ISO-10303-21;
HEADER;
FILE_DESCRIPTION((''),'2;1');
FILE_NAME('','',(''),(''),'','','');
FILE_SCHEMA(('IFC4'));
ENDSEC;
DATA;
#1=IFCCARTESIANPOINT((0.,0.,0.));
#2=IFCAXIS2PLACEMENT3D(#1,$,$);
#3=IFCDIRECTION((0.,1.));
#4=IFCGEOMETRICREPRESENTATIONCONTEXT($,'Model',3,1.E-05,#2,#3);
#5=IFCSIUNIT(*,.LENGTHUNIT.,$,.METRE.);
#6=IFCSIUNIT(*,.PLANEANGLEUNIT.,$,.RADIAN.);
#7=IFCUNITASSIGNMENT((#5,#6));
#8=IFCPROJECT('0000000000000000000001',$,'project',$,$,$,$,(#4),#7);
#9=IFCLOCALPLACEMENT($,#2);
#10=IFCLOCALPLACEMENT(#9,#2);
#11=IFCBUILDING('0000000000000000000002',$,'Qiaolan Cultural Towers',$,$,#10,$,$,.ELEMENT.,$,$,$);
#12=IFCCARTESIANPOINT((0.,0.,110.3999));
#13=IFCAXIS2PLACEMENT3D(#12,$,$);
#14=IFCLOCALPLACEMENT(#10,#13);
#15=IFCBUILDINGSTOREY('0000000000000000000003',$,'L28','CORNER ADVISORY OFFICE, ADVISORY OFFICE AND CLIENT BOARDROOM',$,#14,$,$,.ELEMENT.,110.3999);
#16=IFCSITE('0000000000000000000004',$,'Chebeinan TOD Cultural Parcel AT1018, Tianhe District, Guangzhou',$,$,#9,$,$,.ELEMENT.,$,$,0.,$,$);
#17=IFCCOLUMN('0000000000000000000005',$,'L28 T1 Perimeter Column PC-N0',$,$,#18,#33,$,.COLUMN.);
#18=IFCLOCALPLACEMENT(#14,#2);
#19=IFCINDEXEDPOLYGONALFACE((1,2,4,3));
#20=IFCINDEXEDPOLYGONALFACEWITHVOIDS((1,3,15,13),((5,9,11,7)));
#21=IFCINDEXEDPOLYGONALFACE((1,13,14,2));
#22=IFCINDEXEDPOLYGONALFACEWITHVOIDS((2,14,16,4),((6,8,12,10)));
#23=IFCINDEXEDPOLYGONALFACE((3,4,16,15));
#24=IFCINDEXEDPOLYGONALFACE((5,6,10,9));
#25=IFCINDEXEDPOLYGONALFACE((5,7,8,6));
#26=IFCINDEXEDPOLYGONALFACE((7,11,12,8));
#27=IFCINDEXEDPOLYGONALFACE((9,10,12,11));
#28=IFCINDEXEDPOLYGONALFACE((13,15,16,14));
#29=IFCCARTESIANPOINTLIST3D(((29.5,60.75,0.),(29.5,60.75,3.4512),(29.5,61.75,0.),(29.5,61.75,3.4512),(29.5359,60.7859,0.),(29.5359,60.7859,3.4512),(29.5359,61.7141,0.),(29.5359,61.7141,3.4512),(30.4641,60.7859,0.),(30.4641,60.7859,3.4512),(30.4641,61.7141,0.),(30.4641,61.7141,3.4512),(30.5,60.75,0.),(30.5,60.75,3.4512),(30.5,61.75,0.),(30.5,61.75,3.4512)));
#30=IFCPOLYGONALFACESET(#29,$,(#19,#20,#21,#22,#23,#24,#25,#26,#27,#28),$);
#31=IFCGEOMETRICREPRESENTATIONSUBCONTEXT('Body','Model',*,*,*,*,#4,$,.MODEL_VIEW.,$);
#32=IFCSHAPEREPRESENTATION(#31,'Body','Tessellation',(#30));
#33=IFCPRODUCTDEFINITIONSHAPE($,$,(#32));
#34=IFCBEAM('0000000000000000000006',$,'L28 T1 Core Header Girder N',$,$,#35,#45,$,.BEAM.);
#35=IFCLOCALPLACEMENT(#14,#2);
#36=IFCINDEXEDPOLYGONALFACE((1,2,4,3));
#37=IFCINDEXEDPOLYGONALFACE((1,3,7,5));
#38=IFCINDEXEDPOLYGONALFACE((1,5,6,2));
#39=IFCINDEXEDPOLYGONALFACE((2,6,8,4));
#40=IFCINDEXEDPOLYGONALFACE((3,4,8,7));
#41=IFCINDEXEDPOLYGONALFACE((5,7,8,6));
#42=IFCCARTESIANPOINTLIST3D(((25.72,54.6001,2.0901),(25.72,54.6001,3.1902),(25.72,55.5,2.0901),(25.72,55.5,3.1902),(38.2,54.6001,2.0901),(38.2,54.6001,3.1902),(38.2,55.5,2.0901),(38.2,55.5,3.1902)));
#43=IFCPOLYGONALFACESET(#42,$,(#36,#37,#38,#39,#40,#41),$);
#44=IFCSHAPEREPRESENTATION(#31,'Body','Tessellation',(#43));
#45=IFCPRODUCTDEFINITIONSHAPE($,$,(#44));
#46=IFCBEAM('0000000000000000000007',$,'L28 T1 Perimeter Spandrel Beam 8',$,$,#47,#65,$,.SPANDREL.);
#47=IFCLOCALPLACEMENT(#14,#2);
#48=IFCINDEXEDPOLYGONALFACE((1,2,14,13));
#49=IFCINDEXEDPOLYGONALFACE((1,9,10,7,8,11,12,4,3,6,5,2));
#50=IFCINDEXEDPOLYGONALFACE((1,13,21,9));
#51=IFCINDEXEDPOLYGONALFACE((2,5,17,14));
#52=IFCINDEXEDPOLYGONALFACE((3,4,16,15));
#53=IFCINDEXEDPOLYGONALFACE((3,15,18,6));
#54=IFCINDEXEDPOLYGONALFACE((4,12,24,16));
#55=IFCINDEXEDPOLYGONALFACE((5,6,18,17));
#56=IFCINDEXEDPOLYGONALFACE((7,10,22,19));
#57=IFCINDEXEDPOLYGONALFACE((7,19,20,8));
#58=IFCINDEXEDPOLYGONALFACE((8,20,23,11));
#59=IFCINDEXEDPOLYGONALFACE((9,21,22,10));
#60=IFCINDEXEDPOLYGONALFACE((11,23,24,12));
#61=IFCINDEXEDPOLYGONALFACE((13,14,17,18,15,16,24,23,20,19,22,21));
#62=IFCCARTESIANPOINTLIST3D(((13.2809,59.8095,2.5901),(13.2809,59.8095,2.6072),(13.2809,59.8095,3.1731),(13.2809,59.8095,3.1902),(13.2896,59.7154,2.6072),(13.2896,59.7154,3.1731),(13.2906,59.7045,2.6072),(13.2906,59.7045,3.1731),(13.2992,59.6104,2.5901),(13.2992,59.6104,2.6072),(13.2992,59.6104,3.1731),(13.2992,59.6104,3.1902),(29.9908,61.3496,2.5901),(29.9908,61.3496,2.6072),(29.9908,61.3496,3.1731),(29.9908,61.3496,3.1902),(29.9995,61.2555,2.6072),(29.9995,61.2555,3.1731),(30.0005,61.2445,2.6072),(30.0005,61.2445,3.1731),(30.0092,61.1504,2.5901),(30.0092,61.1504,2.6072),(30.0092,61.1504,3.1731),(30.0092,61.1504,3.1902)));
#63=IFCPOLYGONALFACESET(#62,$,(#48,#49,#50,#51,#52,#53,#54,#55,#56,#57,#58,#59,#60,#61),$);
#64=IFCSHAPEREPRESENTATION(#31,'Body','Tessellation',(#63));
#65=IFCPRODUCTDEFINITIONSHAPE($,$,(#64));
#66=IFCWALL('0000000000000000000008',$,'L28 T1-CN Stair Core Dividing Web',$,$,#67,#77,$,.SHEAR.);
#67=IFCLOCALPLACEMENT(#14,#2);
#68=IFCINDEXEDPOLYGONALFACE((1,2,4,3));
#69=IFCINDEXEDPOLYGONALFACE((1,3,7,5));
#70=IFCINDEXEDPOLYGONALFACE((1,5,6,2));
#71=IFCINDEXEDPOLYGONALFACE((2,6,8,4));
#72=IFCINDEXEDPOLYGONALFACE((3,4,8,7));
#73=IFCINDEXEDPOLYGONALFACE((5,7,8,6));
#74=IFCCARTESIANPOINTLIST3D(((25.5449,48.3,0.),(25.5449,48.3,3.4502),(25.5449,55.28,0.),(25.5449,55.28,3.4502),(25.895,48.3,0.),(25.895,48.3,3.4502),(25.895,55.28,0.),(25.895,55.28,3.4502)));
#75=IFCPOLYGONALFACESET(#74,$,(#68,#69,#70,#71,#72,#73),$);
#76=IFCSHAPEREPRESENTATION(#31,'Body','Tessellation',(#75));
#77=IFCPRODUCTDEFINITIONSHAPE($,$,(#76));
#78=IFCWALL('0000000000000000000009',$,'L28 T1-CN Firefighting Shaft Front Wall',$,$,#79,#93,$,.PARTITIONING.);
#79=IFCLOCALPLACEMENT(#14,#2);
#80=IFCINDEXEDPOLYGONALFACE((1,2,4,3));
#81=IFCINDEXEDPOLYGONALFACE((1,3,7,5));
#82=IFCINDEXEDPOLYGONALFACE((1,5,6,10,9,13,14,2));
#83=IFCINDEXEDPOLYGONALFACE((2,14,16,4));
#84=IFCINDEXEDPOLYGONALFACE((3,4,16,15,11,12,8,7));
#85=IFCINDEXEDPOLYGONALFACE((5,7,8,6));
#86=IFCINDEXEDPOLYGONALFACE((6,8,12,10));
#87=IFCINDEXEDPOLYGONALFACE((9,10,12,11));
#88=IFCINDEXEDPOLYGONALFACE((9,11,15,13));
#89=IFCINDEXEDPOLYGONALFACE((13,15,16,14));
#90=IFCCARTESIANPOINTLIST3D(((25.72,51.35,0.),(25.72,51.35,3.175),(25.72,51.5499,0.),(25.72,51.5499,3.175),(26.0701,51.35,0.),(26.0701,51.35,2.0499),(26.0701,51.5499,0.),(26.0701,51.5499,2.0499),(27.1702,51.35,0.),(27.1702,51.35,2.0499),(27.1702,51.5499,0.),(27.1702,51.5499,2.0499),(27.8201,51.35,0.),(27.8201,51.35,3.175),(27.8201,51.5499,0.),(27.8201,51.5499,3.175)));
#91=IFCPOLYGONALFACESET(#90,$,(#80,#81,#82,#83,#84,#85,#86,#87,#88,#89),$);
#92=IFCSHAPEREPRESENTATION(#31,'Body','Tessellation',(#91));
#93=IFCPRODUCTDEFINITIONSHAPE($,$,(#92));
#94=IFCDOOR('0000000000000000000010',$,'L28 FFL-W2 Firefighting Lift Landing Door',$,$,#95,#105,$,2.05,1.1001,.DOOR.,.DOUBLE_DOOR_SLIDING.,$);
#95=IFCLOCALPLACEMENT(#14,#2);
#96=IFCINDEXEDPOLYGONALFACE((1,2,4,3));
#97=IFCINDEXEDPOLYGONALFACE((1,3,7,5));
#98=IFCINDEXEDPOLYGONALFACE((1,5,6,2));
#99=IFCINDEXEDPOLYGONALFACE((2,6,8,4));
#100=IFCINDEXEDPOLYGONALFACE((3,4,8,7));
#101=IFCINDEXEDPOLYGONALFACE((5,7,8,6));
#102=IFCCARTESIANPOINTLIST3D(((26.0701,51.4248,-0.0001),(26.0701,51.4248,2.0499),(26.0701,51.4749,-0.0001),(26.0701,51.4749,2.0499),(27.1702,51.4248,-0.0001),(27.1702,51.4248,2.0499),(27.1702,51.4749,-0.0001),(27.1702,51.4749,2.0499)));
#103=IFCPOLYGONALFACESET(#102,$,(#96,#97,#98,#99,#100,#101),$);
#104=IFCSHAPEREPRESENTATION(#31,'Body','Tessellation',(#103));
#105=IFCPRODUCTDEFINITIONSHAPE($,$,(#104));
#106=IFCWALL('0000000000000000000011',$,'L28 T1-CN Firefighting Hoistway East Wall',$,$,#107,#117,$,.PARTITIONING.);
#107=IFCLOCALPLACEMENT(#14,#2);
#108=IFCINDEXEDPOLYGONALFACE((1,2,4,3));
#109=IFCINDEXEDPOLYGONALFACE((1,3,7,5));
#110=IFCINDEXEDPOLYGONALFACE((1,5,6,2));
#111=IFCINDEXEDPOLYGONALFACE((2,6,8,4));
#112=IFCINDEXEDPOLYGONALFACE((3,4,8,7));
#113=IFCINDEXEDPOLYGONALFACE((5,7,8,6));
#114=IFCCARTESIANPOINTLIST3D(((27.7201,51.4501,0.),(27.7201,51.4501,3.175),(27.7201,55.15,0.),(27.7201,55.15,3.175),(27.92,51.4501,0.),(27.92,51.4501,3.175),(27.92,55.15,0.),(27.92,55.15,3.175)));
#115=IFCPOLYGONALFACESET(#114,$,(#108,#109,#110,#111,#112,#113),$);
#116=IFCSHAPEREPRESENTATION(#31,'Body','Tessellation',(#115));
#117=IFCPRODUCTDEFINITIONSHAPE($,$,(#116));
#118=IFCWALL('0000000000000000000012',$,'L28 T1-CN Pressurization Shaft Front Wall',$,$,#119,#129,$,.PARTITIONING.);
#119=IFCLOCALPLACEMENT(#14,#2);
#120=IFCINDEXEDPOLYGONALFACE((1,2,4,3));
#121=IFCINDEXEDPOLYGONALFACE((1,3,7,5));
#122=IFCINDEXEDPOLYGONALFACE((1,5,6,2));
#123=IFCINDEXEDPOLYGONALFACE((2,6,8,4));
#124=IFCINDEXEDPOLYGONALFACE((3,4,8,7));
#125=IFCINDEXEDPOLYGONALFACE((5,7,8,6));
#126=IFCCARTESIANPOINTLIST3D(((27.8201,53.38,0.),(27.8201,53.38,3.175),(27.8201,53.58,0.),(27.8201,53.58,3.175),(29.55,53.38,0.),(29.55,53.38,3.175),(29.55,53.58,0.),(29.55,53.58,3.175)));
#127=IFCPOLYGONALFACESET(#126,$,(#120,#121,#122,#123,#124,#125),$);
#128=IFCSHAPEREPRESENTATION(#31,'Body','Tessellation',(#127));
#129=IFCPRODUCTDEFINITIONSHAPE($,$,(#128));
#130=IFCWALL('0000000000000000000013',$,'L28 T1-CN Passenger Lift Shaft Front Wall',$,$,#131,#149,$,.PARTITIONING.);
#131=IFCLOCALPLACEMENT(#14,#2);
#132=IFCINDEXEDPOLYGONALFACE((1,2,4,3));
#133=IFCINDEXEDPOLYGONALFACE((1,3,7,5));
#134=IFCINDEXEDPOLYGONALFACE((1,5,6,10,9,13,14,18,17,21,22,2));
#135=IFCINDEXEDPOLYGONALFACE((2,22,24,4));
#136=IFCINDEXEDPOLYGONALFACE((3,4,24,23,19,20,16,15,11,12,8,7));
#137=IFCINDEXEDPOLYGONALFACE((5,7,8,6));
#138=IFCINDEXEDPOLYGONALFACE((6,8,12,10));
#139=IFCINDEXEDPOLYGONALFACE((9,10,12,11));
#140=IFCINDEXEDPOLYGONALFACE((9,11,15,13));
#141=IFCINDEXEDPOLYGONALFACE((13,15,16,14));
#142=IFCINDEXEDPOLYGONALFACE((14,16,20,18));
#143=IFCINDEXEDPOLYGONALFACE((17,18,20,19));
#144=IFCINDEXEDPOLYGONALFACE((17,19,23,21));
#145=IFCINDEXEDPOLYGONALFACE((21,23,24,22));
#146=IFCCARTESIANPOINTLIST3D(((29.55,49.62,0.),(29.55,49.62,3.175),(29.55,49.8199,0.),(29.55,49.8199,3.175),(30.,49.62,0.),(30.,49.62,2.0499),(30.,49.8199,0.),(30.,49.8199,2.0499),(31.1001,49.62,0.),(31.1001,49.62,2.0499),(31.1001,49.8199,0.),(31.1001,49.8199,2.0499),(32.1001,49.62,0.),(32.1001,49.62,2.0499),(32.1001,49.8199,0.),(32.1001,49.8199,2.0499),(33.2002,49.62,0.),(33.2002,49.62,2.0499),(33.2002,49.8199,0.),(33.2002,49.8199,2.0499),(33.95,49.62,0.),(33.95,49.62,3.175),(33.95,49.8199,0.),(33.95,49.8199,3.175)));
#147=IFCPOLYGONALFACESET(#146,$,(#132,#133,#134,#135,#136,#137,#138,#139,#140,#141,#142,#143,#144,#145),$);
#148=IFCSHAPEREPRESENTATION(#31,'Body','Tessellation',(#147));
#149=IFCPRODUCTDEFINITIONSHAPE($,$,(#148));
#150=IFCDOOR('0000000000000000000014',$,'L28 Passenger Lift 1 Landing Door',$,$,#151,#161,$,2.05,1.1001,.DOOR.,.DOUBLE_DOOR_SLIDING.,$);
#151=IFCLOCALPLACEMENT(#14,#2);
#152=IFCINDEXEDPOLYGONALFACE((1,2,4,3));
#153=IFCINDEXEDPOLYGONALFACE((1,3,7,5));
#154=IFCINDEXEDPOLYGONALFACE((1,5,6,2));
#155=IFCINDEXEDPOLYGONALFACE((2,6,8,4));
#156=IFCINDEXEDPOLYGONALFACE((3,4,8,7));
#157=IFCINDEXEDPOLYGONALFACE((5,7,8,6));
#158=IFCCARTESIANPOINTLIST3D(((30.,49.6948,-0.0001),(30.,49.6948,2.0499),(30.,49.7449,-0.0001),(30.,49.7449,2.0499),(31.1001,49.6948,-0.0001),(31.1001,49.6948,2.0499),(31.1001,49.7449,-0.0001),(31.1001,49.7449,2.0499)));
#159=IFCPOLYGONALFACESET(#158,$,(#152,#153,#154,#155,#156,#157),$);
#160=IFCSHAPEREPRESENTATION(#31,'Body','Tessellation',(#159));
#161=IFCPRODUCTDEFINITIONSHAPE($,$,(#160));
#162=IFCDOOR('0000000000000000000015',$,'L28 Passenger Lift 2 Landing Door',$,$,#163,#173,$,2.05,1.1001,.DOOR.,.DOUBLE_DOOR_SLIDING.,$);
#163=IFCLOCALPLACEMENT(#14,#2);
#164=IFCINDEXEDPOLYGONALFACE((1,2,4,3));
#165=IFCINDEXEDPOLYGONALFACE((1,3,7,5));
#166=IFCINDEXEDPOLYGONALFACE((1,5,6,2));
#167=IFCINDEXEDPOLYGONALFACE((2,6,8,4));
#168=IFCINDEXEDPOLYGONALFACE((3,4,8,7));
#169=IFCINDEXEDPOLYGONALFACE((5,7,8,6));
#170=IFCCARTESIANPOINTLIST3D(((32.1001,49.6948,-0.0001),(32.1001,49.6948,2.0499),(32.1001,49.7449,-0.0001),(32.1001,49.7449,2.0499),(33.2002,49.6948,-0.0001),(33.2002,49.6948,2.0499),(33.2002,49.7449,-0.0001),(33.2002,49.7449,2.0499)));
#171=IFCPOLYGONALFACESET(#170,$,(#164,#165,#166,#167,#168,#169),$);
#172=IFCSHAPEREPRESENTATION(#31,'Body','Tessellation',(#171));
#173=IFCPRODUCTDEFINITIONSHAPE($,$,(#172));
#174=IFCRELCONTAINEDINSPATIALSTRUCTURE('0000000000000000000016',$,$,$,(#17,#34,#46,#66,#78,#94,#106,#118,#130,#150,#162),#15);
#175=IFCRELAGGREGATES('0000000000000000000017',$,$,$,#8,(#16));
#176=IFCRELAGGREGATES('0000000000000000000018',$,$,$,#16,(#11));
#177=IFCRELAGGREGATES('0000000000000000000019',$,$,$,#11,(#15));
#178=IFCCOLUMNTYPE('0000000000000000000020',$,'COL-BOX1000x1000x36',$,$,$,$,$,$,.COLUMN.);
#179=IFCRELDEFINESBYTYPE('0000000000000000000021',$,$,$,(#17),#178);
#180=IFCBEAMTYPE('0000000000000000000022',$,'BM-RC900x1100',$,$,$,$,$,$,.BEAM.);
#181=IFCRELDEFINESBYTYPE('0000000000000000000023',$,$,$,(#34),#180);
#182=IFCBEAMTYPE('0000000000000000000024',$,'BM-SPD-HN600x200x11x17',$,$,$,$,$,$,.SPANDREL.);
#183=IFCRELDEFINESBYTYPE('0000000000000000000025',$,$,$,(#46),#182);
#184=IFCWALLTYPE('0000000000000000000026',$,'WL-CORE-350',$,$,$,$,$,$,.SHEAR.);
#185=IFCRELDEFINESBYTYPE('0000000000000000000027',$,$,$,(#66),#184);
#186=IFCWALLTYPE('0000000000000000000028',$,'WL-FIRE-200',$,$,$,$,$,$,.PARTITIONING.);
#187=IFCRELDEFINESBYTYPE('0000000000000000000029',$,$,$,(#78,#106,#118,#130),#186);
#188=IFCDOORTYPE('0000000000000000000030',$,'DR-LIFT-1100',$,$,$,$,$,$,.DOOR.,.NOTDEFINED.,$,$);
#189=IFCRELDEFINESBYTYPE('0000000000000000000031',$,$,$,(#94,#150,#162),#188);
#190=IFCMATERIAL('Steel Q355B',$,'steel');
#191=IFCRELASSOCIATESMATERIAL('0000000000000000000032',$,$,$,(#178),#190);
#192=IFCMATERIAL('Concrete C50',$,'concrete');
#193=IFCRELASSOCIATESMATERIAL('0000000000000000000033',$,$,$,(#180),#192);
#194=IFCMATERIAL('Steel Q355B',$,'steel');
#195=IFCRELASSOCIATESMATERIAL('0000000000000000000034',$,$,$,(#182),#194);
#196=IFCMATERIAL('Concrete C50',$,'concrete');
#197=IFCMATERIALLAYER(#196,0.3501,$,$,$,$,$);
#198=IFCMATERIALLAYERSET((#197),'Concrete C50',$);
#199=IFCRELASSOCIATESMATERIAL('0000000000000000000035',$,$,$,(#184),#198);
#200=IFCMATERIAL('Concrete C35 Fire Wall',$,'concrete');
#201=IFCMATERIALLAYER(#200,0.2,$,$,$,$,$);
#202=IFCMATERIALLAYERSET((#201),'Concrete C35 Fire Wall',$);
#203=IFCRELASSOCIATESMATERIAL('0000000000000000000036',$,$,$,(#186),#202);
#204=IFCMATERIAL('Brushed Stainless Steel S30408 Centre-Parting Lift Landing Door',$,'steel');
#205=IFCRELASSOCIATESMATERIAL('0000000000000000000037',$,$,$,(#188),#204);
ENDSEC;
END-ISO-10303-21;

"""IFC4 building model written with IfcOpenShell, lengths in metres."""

from ifc_helpers import new_model, si_unit, direction, frame, frame_2d, origin, origin_2d, place, context, subcontext, project, spatial, rectangle, hollow_rectangle, i_section, extrude, material, layer, layer_set, material_profile, profile_set, type_object, element, fill, save


model = new_model("IFC4")

# Units and contexts
model_context = context("Model", 3, precision=1e-05, world=origin(), true_north=direction((0.0, 1.0)))
body_context = subcontext(model_context, "Body", "Model", "MODEL_VIEW")
ifc_project = project(units=[si_unit("LENGTHUNIT", "METRE"), si_unit("PLANEANGLEUNIT", "RADIAN")], contexts=[model_context])

# Site, building, storey
site_placement = place(None, origin())
site = spatial("IfcSite", under=ifc_project, at=site_placement, Name="Chebeinan TOD Cultural Parcel AT1018, Tianhe District, Guangzhou", CompositionType="ELEMENT", RefElevation=0.0)
building_placement = place(site_placement, origin())
building = spatial("IfcBuilding", under=site, at=building_placement, Name="Qiaolan Cultural Towers", CompositionType="ELEMENT")
storey_placement = place(building_placement, frame((0.0, 0.0, 110.3999)))
storey = spatial("IfcBuildingStorey", under=building, at=storey_placement, Name="L28", Description="CORNER ADVISORY OFFICE, ADVISORY OFFICE AND CLIENT BOARDROOM", CompositionType="ELEMENT", Elevation=110.3999)

# Column
ifc_material_1 = material(Name="Steel Q355B", Category="steel")
ifc_material_profile_1 = material_profile(ifc_material_1, hollow_rectangle(XDim=1.0, YDim=1.0, WallThickness=0.0359, at=origin_2d()), Name="BOX1000x1000x36")
ifc_profile_set_1 = profile_set([ifc_material_profile_1], Name="Steel Q355B")
column_type = type_object("IfcColumnType", Name="COL-BOX1000x1000x36", PredefinedType="COLUMN", material=ifc_profile_set_1)
column_placement = place(storey_placement, frame((30.0, 61.25, 0.0), z_axis=(0.0, 0.0, 1.0), x_axis=(1.0, 0.0, 0.0)))
element("IfcColumn", 1, at=column_placement, inside=storey, type_object=column_type, Name="L28 T1 Perimeter Column PC-N0", PredefinedType="COLUMN", context=body_context, shape_type="SweptSolid", body=[
    extrude(hollow_rectangle(XDim=1.0, YDim=1.0, WallThickness=0.0359, at=origin_2d()), origin(), (0.0, 0.0, 1.0), 3.4512),
])

# Beams
ifc_material_2 = material(Name="Concrete C50", Category="concrete")
ifc_material_profile_2 = material_profile(ifc_material_2, rectangle(XDim=0.8999, YDim=1.1001, at=origin_2d()), Name="RC900x1100")
ifc_profile_set_2 = profile_set([ifc_material_profile_2], Name="Concrete C50")
beam_type_1 = type_object("IfcBeamType", Name="BM-RC900x1100", PredefinedType="BEAM", material=ifc_profile_set_2)
beam_1_placement = place(storey_placement, frame((25.72, 55.05, 2.6401), z_axis=(1.0, 0.0, 0.0), x_axis=(0.0, 1.0, 0.0)))
element("IfcBeam", 2, at=beam_1_placement, inside=storey, type_object=beam_type_1, Name="L28 T1 Core Header Girder N", PredefinedType="BEAM", context=body_context, shape_type="SweptSolid", body=[
    extrude(rectangle(XDim=0.8999, YDim=1.1001, at=origin_2d()), origin(), (0.0, 0.0, 1.0), 12.48),
])
ifc_material_3 = material(Name="Steel Q355B", Category="steel")
ifc_material_profile_3 = material_profile(ifc_material_3, i_section(OverallWidth=0.2, OverallDepth=0.6001, WebThickness=0.011, FlangeThickness=0.0171, at=origin_2d()), Name="HN600x200x11x17")
ifc_profile_set_3 = profile_set([ifc_material_profile_3], Name="Steel Q355B")
beam_type_2 = type_object("IfcBeamType", Name="BM-SPD-HN600x200x11x17", PredefinedType="SPANDREL", material=ifc_profile_set_3)
beam_2_placement = place(storey_placement, frame((30.0, 61.25, 2.8901), z_axis=(-0.99578, -0.091774, 0.0), x_axis=(0.091774, -0.99578, 0.0)))
element("IfcBeam", 3, at=beam_2_placement, inside=storey, type_object=beam_type_2, Name="L28 T1 Perimeter Spandrel Beam 8", PredefinedType="SPANDREL", context=body_context, shape_type="SweptSolid", body=[
    extrude(i_section(OverallWidth=0.2, OverallDepth=0.6001, WebThickness=0.011, FlangeThickness=0.0171, at=origin_2d()), origin(), (0.0, 0.0, 1.0), 16.7808),
])

# Wall
ifc_material_4 = material(Name="Concrete C50", Category="concrete")
ifc_layer_1 = layer(ifc_material_4, 0.3501)
ifc_layer_set_1 = layer_set([ifc_layer_1], Name="Concrete C50")
wall_type_1 = type_object("IfcWallType", Name="WL-CORE-350", PredefinedType="SHEAR", material=ifc_layer_set_1)
wall_1_placement = place(storey_placement, frame((25.72, 48.3, 0.0), z_axis=(0.0, 0.0, 1.0), x_axis=(0.0, 1.0, 0.0)))
element("IfcWall", 4, at=wall_1_placement, inside=storey, type_object=wall_type_1, Name="L28 T1-CN Stair Core Dividing Web", PredefinedType="SHEAR", context=body_context, shape_type="SweptSolid", body=[
    extrude(rectangle(XDim=6.98, YDim=0.3501, at=frame_2d((3.49, 0.0))), origin(), (0.0, 0.0, 1.0), 3.4502),
])

# Wall, opening, door
ifc_material_5 = material(Name="Concrete C35 Fire Wall", Category="concrete")
ifc_layer_2 = layer(ifc_material_5, 0.2)
ifc_layer_set_2 = layer_set([ifc_layer_2], Name="Concrete C35 Fire Wall")
wall_type_2 = type_object("IfcWallType", Name="WL-FIRE-200", PredefinedType="PARTITIONING", material=ifc_layer_set_2)
wall_2_placement = place(storey_placement, frame((25.72, 51.45, 0.0), z_axis=(0.0, 0.0, 1.0), x_axis=(1.0, 0.0, 0.0)))
wall_2 = element("IfcWall", 5, at=wall_2_placement, inside=storey, type_object=wall_type_2, Name="L28 T1-CN Firefighting Shaft Front Wall", PredefinedType="PARTITIONING", context=body_context, shape_type="SweptSolid", body=[
    extrude(rectangle(XDim=2.1001, YDim=0.2, at=frame_2d((1.05, 0.0))), origin(), (0.0, 0.0, 1.0), 3.175),
])
opening_1_placement = place(wall_2_placement, frame((0.3501, 0.0, 0.0)))
opening_1 = element("IfcOpeningElement", 6, at=opening_1_placement, cuts=wall_2, PredefinedType="OPENING", context=body_context, shape_type="SweptSolid", body=[
    extrude(rectangle(XDim=1.1001, YDim=2.05, at=frame_2d((0.55, 1.0249))), frame((0.0, 0.1099, 0.0), z_axis=(0.0, -1.0, 0.0), x_axis=(1.0, 0.0, 0.0)), (0.0, 0.0, 1.0), 0.22),
])
ifc_material_6 = material(Name="Brushed Stainless Steel S30408 Centre-Parting Lift Landing Door", Category="steel")
door_type = type_object("IfcDoorType", Name="DR-LIFT-1100", OperationType="NOTDEFINED", PredefinedType="DOOR", material=ifc_material_6)
door_1_placement = place(opening_1_placement, origin())
door_1 = element("IfcDoor", 7, at=door_1_placement, inside=storey, type_object=door_type, Name="L28 FFL-W2 Firefighting Lift Landing Door", OperationType="DOUBLE_DOOR_SLIDING", OverallHeight=2.05, OverallWidth=1.1001, PredefinedType="DOOR", context=body_context, shape_type="SweptSolid", body=[
    extrude(rectangle(XDim=1.1001, YDim=2.05, at=frame_2d((0.55, 1.0249))), frame((0.0, 0.0249, 0.0), z_axis=(0.0, -1.0, 0.0), x_axis=(1.0, 0.0, 0.0)), (0.0, 0.0, 1.0), 0.05),
])
fill(opening_1, door_1)

# Walls
wall_3_placement = place(storey_placement, frame((27.8201, 51.45, 0.0), z_axis=(0.0, 0.0, 1.0), x_axis=(0.0, 1.0, 0.0)))
element("IfcWall", 8, at=wall_3_placement, inside=storey, type_object=wall_type_2, Name="L28 T1-CN Firefighting Hoistway East Wall", PredefinedType="PARTITIONING", context=body_context, shape_type="SweptSolid", body=[
    extrude(rectangle(XDim=3.7, YDim=0.2, at=frame_2d((1.8501, 0.0))), origin(), (0.0, 0.0, 1.0), 3.175),
])
wall_4_placement = place(storey_placement, frame((27.8201, 53.48, 0.0), z_axis=(0.0, 0.0, 1.0), x_axis=(1.0, 0.0, 0.0)))
element("IfcWall", 9, at=wall_4_placement, inside=storey, type_object=wall_type_2, Name="L28 T1-CN Pressurization Shaft Front Wall", PredefinedType="PARTITIONING", context=body_context, shape_type="SweptSolid", body=[
    extrude(rectangle(XDim=1.73, YDim=0.2, at=frame_2d((0.865, 0.0))), origin(), (0.0, 0.0, 1.0), 3.175),
])

# Wall, openings, doors
wall_5_placement = place(storey_placement, frame((29.55, 49.72, 0.0), z_axis=(0.0, 0.0, 1.0), x_axis=(1.0, 0.0, 0.0)))
wall_5 = element("IfcWall", 10, at=wall_5_placement, inside=storey, type_object=wall_type_2, Name="L28 T1-CN Passenger Lift Shaft Front Wall", PredefinedType="PARTITIONING", context=body_context, shape_type="SweptSolid", body=[
    extrude(rectangle(XDim=4.3999, YDim=0.2, at=frame_2d((2.2, 0.0))), origin(), (0.0, 0.0, 1.0), 3.175),
])
opening_2_placement = place(wall_5_placement, frame((0.45, 0.0, 0.0)))
opening_2 = element("IfcOpeningElement", 11, at=opening_2_placement, cuts=wall_5, PredefinedType="OPENING", context=body_context, shape_type="SweptSolid", body=[
    extrude(rectangle(XDim=1.1001, YDim=2.05, at=frame_2d((0.55, 1.0249))), frame((0.0, 0.1099, 0.0), z_axis=(0.0, -1.0, 0.0), x_axis=(1.0, 0.0, 0.0)), (0.0, 0.0, 1.0), 0.22),
])
opening_3_placement = place(wall_5_placement, frame((2.55, 0.0, 0.0)))
opening_3 = element("IfcOpeningElement", 12, at=opening_3_placement, cuts=wall_5, PredefinedType="OPENING", context=body_context, shape_type="SweptSolid", body=[
    extrude(rectangle(XDim=1.1001, YDim=2.05, at=frame_2d((0.55, 1.0249))), frame((0.0, 0.1099, 0.0), z_axis=(0.0, -1.0, 0.0), x_axis=(1.0, 0.0, 0.0)), (0.0, 0.0, 1.0), 0.22),
])
door_2_placement = place(opening_2_placement, origin())
door_2 = element("IfcDoor", 13, at=door_2_placement, inside=storey, type_object=door_type, Name="L28 Passenger Lift 1 Landing Door", OperationType="DOUBLE_DOOR_SLIDING", OverallHeight=2.05, OverallWidth=1.1001, PredefinedType="DOOR", context=body_context, shape_type="SweptSolid", body=[
    extrude(rectangle(XDim=1.1001, YDim=2.05, at=frame_2d((0.55, 1.0249))), frame((0.0, 0.0249, 0.0), z_axis=(0.0, -1.0, 0.0), x_axis=(1.0, 0.0, 0.0)), (0.0, 0.0, 1.0), 0.05),
])
fill(opening_2, door_2)
door_3_placement = place(opening_3_placement, origin())
door_3 = element("IfcDoor", 14, at=door_3_placement, inside=storey, type_object=door_type, Name="L28 Passenger Lift 2 Landing Door", OperationType="DOUBLE_DOOR_SLIDING", OverallHeight=2.05, OverallWidth=1.1001, PredefinedType="DOOR", context=body_context, shape_type="SweptSolid", body=[
    extrude(rectangle(XDim=1.1001, YDim=2.05, at=frame_2d((0.55, 1.0249))), frame((0.0, 0.0249, 0.0), z_axis=(0.0, -1.0, 0.0), x_axis=(1.0, 0.0, 0.0)), (0.0, 0.0, 1.0), 0.05),
])
fill(opening_3, door_3)

save(model, "model.ifc")
